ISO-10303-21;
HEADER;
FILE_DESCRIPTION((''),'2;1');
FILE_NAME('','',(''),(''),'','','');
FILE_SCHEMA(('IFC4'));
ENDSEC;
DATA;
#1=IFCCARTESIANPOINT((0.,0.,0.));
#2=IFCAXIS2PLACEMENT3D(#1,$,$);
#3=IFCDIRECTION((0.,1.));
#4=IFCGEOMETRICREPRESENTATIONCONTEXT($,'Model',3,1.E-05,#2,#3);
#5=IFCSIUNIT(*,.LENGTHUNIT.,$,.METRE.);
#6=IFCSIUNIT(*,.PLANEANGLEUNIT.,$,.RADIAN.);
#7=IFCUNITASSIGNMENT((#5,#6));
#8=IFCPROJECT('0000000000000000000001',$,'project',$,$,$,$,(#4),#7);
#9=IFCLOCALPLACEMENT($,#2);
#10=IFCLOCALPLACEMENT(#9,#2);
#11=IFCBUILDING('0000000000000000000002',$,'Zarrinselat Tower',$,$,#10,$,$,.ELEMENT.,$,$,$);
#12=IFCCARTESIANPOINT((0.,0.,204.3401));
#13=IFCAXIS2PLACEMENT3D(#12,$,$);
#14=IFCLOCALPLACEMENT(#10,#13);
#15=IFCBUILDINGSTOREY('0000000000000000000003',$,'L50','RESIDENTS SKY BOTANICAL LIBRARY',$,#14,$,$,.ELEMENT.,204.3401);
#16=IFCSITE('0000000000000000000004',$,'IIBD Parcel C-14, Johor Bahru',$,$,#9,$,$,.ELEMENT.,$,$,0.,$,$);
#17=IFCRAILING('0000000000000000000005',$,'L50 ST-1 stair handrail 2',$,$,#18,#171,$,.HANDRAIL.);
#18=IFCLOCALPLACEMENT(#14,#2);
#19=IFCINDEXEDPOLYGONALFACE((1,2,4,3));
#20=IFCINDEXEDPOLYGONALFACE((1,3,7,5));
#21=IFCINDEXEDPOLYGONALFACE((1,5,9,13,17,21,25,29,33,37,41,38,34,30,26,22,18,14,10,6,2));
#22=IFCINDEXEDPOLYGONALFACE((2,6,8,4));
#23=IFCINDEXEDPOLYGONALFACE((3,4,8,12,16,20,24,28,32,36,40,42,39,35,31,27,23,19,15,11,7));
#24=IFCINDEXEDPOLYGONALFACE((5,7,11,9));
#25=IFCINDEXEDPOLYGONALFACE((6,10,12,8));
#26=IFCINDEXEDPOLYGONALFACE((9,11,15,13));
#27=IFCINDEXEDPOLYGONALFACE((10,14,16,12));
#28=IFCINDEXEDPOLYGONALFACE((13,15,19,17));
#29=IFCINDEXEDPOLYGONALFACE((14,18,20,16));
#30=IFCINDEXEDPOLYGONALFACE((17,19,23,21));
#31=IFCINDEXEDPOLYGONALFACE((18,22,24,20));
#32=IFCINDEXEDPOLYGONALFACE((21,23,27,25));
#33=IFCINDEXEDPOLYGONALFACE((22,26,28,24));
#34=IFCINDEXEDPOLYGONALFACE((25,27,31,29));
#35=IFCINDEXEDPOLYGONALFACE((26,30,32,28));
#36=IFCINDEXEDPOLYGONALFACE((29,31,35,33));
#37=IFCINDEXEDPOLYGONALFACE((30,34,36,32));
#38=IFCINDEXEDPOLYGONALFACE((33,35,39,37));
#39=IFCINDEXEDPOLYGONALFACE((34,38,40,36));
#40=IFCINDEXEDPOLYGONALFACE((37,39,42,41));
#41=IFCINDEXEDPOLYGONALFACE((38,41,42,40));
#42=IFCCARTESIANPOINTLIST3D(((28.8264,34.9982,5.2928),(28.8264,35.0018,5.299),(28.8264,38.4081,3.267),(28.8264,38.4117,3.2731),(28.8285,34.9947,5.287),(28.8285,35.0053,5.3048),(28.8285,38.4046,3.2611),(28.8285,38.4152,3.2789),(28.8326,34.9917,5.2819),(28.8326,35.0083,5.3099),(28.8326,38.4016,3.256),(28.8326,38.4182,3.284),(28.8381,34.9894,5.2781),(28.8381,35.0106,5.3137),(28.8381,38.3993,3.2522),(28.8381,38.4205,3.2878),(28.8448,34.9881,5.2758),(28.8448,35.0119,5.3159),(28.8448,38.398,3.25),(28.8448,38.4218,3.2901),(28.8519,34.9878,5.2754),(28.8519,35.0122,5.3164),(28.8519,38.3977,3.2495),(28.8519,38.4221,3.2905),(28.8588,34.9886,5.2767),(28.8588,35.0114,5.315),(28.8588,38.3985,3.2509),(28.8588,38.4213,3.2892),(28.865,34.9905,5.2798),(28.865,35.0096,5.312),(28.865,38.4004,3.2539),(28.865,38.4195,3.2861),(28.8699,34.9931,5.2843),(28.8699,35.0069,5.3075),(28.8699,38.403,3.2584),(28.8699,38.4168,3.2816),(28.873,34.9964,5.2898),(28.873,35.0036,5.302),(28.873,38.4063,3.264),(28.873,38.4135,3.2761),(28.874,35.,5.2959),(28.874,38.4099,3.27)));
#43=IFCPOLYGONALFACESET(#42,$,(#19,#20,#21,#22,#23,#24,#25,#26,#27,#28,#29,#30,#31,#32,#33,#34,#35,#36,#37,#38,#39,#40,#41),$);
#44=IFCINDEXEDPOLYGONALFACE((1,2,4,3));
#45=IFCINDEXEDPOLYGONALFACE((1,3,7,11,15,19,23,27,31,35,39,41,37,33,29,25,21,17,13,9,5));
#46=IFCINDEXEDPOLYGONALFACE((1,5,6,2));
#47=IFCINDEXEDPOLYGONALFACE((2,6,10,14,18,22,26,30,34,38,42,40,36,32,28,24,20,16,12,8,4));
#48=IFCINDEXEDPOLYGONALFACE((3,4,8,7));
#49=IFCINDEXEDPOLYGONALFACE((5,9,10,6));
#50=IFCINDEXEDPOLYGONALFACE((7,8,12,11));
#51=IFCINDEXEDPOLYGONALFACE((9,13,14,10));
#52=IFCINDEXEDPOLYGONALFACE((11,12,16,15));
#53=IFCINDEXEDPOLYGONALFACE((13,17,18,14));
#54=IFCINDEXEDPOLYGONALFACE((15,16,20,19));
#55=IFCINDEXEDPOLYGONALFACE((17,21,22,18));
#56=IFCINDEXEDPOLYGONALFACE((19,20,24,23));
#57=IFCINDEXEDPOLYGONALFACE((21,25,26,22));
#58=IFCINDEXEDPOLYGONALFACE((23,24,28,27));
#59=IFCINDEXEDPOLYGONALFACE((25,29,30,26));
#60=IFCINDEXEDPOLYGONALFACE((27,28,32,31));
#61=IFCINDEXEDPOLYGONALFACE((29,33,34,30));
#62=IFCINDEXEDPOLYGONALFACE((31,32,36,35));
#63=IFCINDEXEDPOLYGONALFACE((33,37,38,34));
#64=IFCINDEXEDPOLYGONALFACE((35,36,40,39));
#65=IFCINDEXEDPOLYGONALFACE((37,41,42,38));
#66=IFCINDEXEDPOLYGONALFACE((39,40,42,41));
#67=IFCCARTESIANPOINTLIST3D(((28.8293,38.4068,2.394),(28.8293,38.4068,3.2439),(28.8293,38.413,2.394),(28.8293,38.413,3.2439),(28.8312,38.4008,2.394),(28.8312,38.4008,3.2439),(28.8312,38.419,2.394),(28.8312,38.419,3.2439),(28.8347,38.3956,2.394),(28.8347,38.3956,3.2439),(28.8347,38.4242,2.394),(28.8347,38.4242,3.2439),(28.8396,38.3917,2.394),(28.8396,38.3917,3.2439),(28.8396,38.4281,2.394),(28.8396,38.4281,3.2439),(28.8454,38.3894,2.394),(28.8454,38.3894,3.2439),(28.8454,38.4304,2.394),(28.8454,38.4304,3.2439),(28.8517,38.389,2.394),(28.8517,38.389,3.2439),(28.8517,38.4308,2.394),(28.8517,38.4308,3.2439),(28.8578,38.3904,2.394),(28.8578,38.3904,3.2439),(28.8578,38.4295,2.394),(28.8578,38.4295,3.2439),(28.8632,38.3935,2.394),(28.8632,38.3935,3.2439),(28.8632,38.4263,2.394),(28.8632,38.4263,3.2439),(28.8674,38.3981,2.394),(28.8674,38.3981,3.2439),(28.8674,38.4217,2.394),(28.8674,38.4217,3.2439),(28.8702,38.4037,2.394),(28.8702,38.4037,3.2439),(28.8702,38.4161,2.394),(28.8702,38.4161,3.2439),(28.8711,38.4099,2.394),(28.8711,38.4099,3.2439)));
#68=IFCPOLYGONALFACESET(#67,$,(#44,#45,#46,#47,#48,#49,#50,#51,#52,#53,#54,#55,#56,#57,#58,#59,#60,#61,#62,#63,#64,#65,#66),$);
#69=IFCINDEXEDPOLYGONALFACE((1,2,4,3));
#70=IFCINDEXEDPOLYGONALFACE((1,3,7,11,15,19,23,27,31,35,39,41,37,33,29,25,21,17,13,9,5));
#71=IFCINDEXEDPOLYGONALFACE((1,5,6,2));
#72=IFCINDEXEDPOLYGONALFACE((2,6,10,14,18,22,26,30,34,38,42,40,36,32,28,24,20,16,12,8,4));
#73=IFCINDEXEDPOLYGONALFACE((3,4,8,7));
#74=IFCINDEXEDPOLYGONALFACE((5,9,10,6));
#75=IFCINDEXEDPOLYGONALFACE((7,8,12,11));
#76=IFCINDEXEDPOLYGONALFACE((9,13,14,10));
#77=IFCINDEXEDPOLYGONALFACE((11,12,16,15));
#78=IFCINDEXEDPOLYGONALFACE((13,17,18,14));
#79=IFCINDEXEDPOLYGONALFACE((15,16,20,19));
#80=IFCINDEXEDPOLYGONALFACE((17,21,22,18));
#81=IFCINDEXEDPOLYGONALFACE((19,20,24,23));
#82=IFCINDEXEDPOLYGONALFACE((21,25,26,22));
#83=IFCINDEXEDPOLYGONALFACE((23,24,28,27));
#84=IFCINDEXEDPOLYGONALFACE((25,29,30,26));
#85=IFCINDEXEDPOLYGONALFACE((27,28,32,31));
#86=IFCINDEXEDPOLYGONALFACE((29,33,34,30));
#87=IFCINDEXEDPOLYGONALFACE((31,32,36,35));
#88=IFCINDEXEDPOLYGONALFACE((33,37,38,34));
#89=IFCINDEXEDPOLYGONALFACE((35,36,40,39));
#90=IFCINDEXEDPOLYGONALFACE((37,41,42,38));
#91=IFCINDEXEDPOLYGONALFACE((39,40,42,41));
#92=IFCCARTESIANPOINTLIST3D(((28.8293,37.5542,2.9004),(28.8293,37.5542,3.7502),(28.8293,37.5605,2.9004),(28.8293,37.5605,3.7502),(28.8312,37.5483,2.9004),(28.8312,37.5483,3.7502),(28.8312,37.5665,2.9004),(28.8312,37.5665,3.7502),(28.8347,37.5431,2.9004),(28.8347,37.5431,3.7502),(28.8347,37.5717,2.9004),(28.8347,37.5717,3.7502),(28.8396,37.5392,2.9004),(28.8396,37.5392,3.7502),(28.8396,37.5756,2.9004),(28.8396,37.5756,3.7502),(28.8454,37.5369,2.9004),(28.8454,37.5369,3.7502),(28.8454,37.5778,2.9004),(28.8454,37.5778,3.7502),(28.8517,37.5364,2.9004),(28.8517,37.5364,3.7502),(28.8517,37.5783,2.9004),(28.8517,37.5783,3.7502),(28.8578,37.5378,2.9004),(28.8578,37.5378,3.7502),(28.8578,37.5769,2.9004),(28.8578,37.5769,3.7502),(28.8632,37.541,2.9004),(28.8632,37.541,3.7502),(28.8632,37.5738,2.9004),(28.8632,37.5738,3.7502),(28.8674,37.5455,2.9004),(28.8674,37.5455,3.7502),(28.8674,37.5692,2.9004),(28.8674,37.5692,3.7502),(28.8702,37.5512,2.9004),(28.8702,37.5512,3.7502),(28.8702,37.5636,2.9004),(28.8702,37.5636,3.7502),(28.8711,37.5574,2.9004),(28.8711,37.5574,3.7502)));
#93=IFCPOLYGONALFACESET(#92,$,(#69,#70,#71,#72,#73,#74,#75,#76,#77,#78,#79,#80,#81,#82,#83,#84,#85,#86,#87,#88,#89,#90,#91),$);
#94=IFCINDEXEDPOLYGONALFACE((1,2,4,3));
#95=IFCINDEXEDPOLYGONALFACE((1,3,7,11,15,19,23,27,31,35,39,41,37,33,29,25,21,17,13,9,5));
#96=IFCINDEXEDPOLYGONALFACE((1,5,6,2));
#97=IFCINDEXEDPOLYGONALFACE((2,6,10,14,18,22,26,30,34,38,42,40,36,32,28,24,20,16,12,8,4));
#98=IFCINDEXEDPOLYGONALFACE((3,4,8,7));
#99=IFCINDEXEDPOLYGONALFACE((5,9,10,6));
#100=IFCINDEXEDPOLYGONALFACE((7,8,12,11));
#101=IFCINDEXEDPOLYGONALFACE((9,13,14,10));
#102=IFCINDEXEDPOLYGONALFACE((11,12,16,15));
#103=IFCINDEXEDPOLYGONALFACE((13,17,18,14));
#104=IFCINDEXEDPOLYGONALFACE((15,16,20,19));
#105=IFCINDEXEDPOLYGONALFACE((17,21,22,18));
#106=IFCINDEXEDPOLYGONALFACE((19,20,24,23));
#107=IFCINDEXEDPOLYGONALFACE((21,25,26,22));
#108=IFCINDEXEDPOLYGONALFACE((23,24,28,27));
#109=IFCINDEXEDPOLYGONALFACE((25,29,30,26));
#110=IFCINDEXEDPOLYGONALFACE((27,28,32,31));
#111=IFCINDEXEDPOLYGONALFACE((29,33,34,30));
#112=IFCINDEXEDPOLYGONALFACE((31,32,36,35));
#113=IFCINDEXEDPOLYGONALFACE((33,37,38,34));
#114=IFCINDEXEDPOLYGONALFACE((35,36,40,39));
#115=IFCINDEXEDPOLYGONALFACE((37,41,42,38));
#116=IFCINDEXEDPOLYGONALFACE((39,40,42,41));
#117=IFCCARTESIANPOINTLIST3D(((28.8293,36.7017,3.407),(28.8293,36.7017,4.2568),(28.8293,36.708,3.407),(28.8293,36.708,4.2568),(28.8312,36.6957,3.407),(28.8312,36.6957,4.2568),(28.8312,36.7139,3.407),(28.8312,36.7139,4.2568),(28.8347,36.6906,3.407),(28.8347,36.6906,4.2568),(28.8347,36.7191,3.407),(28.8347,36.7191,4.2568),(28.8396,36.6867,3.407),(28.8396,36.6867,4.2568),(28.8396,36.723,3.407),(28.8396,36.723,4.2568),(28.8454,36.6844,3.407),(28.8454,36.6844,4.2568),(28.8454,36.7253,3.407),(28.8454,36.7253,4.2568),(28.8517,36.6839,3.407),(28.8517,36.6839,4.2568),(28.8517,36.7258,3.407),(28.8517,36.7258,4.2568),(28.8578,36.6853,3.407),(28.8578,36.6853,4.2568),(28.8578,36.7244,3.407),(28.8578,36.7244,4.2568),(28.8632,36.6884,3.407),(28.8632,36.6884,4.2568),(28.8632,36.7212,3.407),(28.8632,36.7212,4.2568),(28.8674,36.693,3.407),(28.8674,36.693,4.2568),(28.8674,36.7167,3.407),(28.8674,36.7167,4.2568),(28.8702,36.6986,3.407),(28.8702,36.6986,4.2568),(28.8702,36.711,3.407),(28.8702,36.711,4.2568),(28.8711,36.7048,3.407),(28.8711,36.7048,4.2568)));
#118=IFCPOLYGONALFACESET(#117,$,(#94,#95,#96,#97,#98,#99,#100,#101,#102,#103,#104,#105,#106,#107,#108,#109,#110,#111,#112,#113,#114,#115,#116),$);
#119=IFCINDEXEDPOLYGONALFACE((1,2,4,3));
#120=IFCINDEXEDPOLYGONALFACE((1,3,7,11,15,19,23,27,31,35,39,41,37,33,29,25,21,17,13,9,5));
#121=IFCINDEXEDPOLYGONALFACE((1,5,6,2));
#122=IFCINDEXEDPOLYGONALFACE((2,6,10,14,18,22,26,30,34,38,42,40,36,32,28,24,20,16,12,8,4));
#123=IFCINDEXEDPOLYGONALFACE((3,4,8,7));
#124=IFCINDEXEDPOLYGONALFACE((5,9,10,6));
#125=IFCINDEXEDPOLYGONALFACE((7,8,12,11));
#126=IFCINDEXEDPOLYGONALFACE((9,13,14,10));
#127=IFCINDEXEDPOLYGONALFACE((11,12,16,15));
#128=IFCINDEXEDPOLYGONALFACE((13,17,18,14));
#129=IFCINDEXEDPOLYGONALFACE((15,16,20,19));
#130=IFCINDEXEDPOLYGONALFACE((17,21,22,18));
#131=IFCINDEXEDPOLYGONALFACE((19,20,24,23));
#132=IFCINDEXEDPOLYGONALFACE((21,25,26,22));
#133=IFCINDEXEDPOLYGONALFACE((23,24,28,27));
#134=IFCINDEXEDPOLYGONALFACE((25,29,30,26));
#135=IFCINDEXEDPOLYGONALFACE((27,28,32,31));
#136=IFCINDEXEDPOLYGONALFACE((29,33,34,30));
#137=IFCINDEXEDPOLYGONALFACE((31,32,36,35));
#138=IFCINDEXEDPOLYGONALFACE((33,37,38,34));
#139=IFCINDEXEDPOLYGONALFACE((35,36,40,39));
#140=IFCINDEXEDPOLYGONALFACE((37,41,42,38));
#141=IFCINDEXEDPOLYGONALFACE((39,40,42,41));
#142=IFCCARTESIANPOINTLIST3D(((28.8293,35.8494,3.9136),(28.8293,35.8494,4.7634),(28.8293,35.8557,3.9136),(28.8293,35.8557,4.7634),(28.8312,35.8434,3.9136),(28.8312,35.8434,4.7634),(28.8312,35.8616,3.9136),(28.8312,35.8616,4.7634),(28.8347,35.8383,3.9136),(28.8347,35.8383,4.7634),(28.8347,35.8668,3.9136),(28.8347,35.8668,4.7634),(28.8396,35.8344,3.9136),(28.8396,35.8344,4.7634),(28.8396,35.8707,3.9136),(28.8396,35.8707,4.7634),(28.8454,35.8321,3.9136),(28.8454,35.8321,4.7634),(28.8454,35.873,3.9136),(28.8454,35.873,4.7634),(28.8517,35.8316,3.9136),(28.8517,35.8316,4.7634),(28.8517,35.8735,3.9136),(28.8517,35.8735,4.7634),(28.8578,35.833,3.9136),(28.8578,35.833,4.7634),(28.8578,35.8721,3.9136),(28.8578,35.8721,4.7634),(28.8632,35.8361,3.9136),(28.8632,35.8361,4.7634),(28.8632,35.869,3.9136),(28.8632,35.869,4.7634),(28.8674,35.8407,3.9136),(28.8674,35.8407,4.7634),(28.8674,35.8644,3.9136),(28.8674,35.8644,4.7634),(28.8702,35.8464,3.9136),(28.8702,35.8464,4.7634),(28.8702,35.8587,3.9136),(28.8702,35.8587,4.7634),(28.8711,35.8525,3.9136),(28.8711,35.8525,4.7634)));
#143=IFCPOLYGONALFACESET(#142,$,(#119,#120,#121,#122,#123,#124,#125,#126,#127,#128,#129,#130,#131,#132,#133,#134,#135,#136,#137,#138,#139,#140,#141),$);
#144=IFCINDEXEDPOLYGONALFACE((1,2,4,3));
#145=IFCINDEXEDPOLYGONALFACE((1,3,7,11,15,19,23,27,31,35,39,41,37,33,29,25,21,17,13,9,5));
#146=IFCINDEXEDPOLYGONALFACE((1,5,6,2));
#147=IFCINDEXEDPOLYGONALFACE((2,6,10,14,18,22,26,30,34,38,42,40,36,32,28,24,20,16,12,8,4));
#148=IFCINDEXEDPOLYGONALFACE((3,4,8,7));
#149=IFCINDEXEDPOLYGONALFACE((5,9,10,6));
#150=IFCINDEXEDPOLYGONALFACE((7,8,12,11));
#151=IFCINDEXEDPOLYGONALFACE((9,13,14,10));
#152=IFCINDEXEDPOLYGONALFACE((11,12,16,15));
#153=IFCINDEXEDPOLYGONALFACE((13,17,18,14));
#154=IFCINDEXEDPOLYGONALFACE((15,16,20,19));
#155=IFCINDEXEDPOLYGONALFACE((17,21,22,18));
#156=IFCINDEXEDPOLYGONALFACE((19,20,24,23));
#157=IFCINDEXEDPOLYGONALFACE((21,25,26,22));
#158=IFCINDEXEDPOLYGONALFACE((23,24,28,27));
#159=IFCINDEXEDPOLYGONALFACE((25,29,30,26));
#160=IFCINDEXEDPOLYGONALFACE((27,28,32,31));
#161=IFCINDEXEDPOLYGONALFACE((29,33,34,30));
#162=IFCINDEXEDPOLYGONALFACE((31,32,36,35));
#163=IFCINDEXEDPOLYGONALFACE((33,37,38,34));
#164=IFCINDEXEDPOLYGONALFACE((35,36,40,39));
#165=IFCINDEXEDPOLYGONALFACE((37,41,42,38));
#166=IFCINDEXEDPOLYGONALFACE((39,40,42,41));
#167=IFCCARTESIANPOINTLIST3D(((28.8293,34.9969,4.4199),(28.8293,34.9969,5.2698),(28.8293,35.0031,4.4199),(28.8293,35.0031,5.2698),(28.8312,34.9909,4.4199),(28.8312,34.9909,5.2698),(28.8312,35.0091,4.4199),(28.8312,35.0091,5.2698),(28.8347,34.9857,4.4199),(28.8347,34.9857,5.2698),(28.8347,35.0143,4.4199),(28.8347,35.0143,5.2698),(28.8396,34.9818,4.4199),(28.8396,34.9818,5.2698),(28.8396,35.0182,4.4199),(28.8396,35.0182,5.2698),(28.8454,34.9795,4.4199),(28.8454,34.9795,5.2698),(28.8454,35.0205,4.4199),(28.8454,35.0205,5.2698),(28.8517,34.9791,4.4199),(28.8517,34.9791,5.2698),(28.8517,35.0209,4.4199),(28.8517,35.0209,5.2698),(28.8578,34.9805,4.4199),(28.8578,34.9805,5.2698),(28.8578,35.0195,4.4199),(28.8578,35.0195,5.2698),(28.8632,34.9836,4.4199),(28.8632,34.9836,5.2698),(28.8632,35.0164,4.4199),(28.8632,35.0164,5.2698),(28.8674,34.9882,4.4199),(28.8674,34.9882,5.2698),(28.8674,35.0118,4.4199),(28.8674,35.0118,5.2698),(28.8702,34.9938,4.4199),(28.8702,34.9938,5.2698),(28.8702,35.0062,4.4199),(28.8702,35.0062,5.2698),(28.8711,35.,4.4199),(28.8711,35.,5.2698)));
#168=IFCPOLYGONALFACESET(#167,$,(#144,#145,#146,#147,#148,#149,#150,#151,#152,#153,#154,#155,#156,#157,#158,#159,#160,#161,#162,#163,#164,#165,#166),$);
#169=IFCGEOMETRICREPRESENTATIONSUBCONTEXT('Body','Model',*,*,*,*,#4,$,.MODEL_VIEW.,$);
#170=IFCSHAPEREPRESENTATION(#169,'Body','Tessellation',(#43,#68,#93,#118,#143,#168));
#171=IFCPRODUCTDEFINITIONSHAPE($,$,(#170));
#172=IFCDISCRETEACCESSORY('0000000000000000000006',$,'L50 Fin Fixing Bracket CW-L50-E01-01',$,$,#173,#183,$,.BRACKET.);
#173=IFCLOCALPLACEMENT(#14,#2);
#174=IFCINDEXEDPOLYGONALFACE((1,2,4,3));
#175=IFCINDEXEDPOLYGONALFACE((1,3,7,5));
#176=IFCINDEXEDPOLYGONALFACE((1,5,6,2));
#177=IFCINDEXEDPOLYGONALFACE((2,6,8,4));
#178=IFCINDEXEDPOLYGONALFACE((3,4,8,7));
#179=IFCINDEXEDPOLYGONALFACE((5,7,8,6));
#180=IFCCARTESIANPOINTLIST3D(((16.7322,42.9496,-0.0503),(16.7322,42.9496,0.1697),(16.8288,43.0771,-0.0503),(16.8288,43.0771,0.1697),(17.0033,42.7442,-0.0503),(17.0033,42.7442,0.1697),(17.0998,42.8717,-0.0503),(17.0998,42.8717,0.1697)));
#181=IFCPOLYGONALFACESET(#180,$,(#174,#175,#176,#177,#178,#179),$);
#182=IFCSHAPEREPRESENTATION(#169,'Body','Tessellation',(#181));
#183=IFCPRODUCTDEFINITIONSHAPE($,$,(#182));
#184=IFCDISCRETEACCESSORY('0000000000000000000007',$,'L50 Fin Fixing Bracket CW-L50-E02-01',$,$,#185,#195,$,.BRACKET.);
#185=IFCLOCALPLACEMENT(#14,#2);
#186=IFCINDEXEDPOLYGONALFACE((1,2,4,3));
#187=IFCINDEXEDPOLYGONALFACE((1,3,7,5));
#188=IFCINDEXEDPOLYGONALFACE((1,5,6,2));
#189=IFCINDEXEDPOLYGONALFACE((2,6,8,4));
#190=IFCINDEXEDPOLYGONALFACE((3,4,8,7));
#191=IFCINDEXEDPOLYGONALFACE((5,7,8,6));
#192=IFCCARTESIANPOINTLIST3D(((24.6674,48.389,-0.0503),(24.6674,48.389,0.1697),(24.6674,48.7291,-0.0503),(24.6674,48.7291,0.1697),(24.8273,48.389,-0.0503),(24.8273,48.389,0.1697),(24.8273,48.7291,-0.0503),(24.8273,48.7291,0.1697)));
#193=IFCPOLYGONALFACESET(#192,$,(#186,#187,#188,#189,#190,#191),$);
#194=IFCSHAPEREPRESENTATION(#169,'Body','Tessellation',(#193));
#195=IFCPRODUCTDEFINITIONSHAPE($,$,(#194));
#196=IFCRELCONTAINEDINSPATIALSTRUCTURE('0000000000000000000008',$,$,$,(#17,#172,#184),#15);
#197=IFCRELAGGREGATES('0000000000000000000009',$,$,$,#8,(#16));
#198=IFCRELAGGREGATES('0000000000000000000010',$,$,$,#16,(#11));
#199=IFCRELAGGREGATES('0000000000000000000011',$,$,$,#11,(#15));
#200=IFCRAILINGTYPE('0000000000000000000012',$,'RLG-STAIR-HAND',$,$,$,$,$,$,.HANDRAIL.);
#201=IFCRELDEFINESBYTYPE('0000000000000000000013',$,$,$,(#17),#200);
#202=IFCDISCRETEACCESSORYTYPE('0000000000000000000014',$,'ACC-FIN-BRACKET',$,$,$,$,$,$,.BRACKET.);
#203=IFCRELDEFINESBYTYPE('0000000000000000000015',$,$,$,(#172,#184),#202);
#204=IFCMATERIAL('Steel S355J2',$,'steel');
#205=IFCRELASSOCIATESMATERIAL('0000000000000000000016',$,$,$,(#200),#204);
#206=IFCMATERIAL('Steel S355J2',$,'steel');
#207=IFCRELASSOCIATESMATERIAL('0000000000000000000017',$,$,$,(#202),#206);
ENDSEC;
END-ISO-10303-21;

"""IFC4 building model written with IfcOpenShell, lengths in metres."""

from ifc_helpers import new_model, si_unit, direction, frame, origin, origin_2d, place, context, subcontext, project, spatial, rectangle, circle, extrude, material, type_object, element, save


model = new_model("IFC4")

# Units and contexts
model_context = context("Model", 3, precision=1e-05, world=origin(), true_north=direction((0.0, 1.0)))
body_context = subcontext(model_context, "Body", "Model", "MODEL_VIEW")
ifc_project = project(units=[si_unit("LENGTHUNIT", "METRE"), si_unit("PLANEANGLEUNIT", "RADIAN")], contexts=[model_context])

# Site, building, storey
site_placement = place(None, origin())
site = spatial("IfcSite", under=ifc_project, at=site_placement, Name="IIBD Parcel C-14, Johor Bahru", CompositionType="ELEMENT", RefElevation=0.0)
building_placement = place(site_placement, origin())
building = spatial("IfcBuilding", under=site, at=building_placement, Name="Zarrinselat Tower", CompositionType="ELEMENT")
storey_placement = place(building_placement, frame((0.0, 0.0, 204.3401)))
storey = spatial("IfcBuildingStorey", under=building, at=storey_placement, Name="L50", Description="RESIDENTS SKY BOTANICAL LIBRARY", CompositionType="ELEMENT", Elevation=204.3401)

# Railing
ifc_material_1 = material(Name="Steel S355J2", Category="steel")
railing_type = type_object("IfcRailingType", Name="RLG-STAIR-HAND", PredefinedType="HANDRAIL", material=ifc_material_1)
railing_placement = place(storey_placement, frame((28.8501, 38.4099, 2.394)))
element("IfcRailing", 1, at=railing_placement, inside=storey, type_object=railing_type, Name="L50 ST-1 stair handrail 2", PredefinedType="HANDRAIL", context=body_context, shape_type="SweptSolid", body=[
    extrude(circle(Radius=0.0239, at=origin_2d()), frame((0.0, 0.0, 0.876), z_axis=(0.0, -0.859717, 0.510771), x_axis=(1.0, 0.0, 0.0)), (0.0, 0.0, 1.0), 3.9663),
    extrude(circle(Radius=0.021, at=origin_2d()), origin(), (0.0, 0.0, 1.0), 0.8499),
    extrude(circle(Radius=0.021, at=origin_2d()), frame((0.0, -0.8525, 0.5063)), (0.0, 0.0, 1.0), 0.8499),
    extrude(circle(Radius=0.021, at=origin_2d()), frame((0.0, -1.7051, 1.0129)), (0.0, 0.0, 1.0), 0.8499),
    extrude(circle(Radius=0.021, at=origin_2d()), frame((0.0, -2.5574, 1.5195)), (0.0, 0.0, 1.0), 0.8499),
    extrude(circle(Radius=0.021, at=origin_2d()), frame((0.0, -3.4099, 2.0259)), (0.0, 0.0, 1.0), 0.8499),
])

# Discrete accessories
ifc_material_2 = material(Name="Steel S355J2", Category="steel")
discrete_accessory_type = type_object("IfcDiscreteAccessoryType", Name="ACC-FIN-BRACKET", PredefinedType="BRACKET", material=ifc_material_2)
for number, where, z_axis, x_axis, name in (
    (2, (16.916, 42.9106, -0.0503), (0.0, 0.0, 1.0), (-0.797092, 0.603858, 0.0), "L50 Fin Fixing Bracket CW-L50-E01-01"),
    (3, (24.7473, 48.5591, -0.0503), (0.0, 0.0, 1.0), (0.0, 1.0, 0.0), "L50 Fin Fixing Bracket CW-L50-E02-01"),
):
    element("IfcDiscreteAccessory", number, at=place(storey_placement, frame(where, z_axis=z_axis, x_axis=x_axis)), inside=storey, type_object=discrete_accessory_type, Name=name, PredefinedType="BRACKET", context=body_context, shape_type="SweptSolid", body=[
        extrude(rectangle(XDim=0.3401, YDim=0.1599, at=origin_2d()), origin(), (0.0, 0.0, 1.0), 0.22),
    ])

save(model, "model.ifc")
